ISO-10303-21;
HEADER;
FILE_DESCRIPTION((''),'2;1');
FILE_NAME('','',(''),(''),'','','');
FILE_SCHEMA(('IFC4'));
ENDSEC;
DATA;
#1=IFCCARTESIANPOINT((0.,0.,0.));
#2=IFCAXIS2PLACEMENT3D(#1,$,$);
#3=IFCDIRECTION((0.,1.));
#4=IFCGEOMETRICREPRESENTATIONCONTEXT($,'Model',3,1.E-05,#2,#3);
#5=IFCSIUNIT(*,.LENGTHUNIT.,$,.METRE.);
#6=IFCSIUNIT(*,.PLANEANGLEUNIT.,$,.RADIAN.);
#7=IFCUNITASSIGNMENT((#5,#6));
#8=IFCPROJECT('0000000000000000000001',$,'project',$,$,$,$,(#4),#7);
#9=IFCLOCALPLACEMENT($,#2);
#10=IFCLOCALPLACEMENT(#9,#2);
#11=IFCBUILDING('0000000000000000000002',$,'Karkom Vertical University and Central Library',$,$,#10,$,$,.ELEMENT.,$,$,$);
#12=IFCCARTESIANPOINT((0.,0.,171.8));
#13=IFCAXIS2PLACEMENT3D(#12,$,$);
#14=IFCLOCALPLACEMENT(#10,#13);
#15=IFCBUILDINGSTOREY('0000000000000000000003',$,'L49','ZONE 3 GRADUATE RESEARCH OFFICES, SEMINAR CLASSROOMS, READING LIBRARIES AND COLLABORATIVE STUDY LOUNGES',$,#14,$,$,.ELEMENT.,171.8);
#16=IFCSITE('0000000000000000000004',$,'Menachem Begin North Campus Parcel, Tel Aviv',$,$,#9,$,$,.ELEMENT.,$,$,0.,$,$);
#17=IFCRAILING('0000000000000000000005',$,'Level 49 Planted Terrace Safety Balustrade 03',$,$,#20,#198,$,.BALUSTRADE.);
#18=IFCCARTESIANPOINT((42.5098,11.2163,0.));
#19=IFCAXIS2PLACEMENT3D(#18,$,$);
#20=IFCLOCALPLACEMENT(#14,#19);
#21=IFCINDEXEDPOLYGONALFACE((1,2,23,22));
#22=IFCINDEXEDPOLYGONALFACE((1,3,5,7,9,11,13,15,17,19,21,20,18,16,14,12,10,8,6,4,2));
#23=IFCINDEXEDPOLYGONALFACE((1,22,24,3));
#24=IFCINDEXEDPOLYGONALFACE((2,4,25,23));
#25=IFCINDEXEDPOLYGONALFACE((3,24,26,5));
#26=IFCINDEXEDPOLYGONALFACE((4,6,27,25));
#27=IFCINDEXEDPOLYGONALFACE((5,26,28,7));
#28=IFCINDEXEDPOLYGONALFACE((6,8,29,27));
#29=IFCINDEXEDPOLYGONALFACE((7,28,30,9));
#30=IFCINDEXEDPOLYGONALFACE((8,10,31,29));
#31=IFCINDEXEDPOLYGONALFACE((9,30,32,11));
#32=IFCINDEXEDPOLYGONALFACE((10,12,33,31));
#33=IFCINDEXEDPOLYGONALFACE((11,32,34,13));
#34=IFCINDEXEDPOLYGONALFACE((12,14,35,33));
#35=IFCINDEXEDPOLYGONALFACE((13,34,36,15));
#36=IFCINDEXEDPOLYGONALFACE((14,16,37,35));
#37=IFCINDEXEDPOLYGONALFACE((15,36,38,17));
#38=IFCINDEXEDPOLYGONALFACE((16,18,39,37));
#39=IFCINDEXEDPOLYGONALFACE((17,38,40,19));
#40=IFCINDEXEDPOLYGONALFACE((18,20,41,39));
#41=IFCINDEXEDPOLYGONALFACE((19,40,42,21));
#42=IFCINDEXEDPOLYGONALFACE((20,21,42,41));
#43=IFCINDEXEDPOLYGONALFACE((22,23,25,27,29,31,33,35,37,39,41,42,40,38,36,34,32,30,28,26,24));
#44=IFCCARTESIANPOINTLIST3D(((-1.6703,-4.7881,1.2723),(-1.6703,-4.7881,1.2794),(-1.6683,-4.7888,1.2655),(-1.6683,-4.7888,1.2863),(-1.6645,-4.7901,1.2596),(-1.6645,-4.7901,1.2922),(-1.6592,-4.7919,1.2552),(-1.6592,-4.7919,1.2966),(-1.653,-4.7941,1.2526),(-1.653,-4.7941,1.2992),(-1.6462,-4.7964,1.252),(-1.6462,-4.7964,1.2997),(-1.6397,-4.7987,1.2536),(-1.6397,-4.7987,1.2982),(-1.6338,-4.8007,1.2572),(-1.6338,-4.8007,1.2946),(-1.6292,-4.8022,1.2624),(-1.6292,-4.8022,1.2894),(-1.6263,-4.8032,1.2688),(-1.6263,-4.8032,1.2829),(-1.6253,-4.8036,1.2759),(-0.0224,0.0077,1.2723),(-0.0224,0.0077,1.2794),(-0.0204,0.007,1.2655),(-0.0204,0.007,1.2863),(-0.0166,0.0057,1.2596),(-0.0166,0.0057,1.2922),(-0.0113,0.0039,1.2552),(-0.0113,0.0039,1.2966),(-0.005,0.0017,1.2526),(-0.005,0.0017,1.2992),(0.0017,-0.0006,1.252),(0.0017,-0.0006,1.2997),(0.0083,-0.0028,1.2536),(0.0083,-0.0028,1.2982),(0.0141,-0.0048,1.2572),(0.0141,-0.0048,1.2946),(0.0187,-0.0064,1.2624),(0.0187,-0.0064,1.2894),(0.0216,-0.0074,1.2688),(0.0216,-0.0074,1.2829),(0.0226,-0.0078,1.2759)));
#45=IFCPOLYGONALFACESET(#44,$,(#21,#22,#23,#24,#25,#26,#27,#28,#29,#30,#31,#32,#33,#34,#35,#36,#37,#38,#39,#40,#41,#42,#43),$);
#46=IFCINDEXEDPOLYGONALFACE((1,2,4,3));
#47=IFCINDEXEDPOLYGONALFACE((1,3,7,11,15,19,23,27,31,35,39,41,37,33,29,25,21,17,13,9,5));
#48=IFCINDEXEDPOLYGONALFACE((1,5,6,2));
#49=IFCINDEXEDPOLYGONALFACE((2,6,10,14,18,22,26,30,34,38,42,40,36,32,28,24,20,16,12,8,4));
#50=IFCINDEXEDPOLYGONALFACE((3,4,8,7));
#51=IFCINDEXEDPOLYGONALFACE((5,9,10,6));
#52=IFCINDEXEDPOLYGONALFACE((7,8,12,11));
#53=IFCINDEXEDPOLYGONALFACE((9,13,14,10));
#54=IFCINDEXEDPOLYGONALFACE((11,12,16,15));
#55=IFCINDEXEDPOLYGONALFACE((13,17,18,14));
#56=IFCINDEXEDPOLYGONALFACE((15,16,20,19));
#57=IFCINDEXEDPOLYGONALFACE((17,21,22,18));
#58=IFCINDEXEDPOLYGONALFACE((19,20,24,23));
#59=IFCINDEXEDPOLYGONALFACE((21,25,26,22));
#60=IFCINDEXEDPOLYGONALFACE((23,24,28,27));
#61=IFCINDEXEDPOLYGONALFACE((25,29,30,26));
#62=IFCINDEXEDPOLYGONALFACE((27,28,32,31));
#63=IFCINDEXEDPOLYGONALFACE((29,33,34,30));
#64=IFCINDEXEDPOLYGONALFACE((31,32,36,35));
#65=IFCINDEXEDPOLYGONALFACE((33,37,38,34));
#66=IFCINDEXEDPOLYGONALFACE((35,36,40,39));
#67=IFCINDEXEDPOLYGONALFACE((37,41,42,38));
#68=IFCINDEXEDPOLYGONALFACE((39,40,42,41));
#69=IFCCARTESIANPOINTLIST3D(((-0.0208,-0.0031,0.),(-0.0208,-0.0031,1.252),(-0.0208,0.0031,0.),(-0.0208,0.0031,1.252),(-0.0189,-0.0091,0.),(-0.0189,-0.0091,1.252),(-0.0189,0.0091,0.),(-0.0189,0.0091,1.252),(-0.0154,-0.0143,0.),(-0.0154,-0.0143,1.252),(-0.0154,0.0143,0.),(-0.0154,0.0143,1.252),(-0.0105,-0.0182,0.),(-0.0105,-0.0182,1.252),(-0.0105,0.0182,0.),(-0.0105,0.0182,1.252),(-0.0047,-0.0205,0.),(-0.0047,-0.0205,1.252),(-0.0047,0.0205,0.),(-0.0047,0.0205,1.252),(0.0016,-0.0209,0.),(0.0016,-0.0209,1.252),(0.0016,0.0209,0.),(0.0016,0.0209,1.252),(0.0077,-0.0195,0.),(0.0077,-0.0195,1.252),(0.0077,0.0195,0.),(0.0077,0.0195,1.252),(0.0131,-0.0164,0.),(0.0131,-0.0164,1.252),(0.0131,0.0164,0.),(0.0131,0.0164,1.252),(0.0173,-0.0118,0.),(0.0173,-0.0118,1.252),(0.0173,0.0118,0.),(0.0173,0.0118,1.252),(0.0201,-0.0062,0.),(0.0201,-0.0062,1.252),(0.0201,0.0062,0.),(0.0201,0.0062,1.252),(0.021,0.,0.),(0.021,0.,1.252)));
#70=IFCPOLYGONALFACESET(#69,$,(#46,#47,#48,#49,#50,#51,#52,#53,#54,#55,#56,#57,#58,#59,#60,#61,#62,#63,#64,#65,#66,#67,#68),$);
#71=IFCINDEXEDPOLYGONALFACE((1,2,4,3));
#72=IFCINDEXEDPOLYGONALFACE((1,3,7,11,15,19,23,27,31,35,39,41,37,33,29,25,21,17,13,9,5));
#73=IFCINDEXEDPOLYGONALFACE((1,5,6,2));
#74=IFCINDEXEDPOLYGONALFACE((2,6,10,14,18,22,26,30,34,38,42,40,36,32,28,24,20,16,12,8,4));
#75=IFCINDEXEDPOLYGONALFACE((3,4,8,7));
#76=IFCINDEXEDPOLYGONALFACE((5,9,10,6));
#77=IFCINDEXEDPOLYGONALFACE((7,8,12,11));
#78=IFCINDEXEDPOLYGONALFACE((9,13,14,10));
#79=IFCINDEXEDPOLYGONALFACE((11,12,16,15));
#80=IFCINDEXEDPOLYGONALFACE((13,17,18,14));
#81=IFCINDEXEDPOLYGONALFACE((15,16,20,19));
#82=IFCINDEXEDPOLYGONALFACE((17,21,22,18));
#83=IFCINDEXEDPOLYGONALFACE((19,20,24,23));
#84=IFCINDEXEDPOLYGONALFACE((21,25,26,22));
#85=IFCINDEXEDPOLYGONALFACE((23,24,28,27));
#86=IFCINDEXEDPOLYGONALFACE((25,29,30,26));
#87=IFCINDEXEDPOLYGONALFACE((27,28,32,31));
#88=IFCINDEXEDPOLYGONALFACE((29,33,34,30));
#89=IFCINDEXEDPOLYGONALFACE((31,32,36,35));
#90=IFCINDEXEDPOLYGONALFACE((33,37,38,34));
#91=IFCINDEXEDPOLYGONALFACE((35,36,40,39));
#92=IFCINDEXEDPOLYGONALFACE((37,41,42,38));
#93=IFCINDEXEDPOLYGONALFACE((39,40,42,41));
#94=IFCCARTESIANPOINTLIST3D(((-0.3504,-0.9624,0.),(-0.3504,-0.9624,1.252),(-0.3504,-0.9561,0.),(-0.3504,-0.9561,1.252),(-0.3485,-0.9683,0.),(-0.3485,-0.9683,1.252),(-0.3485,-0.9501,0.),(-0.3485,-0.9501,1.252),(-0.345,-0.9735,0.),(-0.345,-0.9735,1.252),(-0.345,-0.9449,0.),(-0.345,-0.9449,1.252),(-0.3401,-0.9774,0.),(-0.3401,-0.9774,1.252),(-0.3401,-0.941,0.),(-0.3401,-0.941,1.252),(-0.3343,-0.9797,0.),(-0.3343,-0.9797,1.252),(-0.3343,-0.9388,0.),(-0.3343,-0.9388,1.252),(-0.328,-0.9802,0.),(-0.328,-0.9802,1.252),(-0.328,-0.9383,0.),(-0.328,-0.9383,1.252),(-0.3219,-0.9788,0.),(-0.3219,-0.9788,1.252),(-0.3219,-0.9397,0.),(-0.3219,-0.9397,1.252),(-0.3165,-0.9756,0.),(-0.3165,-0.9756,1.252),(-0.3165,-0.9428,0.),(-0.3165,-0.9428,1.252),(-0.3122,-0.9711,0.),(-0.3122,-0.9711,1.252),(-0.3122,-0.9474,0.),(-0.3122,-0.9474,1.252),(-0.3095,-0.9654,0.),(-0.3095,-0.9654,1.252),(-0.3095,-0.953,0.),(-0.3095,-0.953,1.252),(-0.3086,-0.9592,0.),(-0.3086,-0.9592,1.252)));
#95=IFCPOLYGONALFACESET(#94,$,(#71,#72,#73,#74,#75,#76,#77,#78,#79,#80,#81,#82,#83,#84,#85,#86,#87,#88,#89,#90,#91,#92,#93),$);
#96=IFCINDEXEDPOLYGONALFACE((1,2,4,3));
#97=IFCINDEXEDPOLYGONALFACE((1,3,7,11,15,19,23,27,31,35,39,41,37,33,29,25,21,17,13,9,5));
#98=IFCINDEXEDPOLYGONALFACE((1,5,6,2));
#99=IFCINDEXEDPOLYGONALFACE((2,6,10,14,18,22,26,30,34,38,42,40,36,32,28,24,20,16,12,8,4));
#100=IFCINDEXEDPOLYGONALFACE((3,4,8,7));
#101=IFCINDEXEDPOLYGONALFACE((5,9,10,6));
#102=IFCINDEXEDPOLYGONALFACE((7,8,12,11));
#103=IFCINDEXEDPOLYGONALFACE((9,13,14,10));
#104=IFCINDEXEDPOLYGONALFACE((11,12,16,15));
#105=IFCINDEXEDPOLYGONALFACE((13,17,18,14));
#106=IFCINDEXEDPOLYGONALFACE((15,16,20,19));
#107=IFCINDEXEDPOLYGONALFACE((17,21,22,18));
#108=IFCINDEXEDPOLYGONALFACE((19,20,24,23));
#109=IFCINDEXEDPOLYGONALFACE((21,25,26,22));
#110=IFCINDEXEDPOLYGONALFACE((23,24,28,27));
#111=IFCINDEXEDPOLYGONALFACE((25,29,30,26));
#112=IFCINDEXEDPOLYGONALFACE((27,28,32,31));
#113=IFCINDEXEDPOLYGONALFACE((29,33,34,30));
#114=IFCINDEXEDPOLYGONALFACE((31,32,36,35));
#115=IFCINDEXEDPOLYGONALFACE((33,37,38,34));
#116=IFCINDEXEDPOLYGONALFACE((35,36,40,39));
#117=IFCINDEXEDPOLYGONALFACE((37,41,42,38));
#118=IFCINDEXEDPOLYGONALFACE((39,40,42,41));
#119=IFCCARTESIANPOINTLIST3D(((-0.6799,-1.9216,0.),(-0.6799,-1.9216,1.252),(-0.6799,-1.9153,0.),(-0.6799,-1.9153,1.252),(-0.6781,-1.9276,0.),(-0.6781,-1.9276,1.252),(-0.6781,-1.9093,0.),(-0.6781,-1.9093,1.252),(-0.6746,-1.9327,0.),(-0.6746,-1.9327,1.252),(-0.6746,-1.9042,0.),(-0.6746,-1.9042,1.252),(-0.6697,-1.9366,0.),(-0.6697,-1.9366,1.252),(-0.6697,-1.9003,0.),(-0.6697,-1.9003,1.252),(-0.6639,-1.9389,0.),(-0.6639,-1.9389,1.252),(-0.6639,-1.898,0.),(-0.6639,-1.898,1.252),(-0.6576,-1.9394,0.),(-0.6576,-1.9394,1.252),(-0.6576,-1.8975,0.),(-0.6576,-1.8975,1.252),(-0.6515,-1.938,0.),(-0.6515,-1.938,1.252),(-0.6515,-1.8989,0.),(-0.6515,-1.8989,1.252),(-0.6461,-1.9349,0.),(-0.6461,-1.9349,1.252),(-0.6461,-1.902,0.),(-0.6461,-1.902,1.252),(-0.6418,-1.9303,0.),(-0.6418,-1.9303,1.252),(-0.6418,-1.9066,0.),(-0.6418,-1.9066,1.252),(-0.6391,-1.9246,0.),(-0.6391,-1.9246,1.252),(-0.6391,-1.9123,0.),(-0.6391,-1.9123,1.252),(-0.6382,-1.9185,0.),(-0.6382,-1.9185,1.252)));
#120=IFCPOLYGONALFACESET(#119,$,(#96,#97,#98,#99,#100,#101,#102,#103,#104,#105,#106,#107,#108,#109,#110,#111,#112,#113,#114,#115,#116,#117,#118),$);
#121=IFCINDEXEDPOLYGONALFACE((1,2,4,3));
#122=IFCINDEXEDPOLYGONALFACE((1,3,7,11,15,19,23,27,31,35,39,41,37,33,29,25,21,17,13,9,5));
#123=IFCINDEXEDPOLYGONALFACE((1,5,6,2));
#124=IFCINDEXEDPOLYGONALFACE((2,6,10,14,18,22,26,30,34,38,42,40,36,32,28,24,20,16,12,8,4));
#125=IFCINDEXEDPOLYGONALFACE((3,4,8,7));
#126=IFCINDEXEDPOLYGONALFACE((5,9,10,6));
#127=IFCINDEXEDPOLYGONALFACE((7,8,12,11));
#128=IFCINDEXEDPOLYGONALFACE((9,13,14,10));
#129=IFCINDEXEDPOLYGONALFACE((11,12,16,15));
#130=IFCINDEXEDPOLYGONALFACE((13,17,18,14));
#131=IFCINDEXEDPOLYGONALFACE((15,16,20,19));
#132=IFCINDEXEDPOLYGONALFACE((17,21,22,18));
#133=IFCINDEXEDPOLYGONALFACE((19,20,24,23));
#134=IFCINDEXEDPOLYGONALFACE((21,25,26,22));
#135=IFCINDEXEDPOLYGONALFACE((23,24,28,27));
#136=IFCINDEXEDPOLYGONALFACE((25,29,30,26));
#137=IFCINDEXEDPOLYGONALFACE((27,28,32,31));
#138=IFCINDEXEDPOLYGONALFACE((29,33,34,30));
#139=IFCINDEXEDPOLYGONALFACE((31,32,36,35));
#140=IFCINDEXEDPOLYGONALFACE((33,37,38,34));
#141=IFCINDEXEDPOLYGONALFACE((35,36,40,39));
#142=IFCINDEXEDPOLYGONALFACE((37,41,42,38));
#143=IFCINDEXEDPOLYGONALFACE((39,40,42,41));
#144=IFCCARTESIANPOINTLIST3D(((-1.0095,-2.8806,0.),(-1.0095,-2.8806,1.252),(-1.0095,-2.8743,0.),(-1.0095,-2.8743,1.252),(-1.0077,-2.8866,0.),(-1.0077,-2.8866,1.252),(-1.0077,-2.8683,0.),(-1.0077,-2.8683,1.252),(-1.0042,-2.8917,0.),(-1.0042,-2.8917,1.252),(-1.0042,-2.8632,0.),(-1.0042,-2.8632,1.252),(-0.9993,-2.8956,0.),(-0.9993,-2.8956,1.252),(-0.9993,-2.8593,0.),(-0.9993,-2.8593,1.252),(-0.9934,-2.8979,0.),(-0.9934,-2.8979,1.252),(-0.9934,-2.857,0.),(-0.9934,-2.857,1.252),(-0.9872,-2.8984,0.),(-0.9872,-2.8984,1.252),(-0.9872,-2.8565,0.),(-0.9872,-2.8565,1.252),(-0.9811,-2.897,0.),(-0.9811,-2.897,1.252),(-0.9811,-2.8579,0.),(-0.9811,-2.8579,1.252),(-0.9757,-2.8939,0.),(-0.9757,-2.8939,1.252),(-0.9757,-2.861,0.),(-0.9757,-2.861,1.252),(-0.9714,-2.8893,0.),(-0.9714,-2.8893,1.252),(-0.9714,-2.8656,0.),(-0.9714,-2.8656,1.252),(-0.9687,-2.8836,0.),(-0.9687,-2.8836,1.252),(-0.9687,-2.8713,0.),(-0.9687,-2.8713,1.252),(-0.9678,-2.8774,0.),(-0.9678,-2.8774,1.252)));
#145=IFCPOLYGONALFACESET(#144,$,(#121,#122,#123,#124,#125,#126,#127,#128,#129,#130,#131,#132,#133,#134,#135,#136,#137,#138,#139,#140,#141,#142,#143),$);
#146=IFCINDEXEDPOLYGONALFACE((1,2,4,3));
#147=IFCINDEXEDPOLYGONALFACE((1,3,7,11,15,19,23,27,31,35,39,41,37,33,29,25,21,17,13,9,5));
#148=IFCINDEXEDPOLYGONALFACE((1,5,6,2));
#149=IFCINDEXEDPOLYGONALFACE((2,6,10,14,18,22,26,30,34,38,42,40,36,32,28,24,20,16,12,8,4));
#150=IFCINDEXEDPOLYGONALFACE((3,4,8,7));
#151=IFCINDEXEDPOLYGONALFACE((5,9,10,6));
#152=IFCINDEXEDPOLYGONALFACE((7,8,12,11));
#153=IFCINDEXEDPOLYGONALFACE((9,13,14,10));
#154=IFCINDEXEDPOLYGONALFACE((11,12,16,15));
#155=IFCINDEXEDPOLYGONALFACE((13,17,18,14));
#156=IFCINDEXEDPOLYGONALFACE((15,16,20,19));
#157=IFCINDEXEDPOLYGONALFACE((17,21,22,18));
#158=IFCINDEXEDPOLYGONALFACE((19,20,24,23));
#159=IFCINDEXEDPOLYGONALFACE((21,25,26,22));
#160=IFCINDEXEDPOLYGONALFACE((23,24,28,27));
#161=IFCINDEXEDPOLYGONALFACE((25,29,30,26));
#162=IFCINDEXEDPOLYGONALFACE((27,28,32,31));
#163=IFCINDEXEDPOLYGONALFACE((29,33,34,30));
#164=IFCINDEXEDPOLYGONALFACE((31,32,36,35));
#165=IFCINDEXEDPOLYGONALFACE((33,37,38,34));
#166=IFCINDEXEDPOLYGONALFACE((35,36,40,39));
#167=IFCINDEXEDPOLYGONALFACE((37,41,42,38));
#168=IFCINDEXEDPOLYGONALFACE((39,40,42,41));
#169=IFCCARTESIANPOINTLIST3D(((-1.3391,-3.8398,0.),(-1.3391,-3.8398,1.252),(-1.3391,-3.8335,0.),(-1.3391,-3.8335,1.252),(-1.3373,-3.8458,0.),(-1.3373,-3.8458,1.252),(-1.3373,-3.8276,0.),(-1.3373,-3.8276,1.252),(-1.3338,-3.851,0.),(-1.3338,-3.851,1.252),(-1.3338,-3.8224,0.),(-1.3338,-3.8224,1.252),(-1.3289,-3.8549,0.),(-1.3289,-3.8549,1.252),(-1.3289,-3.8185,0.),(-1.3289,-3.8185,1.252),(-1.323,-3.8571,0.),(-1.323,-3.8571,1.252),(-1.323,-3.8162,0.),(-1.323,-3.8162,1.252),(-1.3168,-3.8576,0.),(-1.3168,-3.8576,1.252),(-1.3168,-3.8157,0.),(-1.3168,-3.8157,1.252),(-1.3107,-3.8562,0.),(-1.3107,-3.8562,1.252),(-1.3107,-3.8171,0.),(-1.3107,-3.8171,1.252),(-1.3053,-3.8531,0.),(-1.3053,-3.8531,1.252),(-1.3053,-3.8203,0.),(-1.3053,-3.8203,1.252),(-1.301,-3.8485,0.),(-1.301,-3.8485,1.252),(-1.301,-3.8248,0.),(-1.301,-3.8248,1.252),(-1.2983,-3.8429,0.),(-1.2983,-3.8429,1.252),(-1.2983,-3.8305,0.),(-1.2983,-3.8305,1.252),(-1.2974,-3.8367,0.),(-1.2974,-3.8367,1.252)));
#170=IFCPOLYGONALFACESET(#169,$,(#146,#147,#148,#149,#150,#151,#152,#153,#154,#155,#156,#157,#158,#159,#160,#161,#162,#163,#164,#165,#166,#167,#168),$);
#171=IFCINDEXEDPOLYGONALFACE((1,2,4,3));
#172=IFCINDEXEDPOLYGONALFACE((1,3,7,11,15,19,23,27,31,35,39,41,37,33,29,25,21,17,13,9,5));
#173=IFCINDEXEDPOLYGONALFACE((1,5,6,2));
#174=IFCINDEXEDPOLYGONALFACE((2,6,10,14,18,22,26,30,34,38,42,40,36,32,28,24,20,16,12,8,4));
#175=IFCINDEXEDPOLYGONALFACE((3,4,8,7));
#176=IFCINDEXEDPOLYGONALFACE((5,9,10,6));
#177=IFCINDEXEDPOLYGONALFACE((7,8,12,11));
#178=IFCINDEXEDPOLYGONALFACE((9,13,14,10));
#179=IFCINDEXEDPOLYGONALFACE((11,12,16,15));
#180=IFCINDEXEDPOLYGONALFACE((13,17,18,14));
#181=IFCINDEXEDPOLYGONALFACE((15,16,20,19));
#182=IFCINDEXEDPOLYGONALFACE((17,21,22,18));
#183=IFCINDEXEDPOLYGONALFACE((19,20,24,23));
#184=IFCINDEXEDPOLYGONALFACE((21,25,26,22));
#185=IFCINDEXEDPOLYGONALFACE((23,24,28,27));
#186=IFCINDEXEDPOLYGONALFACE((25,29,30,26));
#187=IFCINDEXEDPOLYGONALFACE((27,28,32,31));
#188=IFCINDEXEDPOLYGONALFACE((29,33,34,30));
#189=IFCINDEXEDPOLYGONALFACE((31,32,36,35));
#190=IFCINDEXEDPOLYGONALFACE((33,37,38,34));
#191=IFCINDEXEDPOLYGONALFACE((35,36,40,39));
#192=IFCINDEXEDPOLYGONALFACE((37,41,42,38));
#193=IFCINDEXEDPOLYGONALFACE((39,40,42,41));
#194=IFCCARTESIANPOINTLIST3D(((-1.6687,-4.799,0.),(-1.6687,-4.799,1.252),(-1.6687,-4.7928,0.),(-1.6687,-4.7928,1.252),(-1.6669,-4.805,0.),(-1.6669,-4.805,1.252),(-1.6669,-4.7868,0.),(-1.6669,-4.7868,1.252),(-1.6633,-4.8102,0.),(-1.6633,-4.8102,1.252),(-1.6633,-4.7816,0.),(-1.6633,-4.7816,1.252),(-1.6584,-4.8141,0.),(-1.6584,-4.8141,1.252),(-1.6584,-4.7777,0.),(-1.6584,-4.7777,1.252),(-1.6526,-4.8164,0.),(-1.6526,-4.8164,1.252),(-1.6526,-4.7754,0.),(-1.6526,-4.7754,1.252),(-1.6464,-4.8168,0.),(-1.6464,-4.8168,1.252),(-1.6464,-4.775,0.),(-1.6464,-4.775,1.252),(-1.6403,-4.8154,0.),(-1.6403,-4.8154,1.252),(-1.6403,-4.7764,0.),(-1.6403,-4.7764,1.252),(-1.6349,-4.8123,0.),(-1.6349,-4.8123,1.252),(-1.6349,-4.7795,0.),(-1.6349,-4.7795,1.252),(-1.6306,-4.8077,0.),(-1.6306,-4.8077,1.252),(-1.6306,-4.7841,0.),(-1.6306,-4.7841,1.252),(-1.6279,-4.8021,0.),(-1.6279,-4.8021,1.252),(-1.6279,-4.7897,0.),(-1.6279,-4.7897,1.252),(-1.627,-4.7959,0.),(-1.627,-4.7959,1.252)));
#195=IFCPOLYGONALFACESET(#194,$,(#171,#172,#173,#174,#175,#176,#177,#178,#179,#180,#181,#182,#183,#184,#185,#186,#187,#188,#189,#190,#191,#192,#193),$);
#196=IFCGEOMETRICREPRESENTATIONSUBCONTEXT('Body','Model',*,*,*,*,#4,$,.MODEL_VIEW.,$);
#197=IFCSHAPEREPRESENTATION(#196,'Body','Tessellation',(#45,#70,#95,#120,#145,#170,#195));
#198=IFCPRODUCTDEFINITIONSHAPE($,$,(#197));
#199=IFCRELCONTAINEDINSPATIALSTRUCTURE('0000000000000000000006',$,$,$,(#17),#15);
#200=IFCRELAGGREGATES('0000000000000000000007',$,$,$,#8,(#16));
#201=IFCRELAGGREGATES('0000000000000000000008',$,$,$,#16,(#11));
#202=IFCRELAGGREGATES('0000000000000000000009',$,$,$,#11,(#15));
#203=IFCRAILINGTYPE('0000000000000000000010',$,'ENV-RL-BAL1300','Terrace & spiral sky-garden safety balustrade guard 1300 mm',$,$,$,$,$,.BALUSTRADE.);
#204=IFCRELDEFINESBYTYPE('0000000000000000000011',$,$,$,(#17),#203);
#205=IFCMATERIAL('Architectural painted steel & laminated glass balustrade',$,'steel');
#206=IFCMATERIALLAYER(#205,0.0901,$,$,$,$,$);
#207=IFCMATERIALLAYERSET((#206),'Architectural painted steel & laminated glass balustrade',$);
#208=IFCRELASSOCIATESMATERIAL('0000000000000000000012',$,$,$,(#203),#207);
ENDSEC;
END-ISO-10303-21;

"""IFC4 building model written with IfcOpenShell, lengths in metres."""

from ifc_helpers import new_model, si_unit, direction, frame, origin, origin_2d, place, context, subcontext, project, spatial, circle, extrude, material, layer, layer_set, type_object, element, save


model = new_model("IFC4")

# Units and contexts
model_context = context("Model", 3, precision=1e-05, world=origin(), true_north=direction((0.0, 1.0)))
body_context = subcontext(model_context, "Body", "Model", "MODEL_VIEW")
ifc_project = project(units=[si_unit("LENGTHUNIT", "METRE"), si_unit("PLANEANGLEUNIT", "RADIAN")], contexts=[model_context])

# Site, building, storey
site_placement = place(None, origin())
site = spatial("IfcSite", under=ifc_project, at=site_placement, Name="Menachem Begin North Campus Parcel, Tel Aviv", CompositionType="ELEMENT", RefElevation=0.0)
building_placement = place(site_placement, origin())
building = spatial("IfcBuilding", under=site, at=building_placement, Name="Karkom Vertical University and Central Library", CompositionType="ELEMENT")
storey_placement = place(building_placement, frame((0.0, 0.0, 171.8)))
storey = spatial("IfcBuildingStorey", under=building, at=storey_placement, Name="L49", Description="ZONE 3 GRADUATE RESEARCH OFFICES, SEMINAR CLASSROOMS, READING LIBRARIES AND COLLABORATIVE STUDY LOUNGES", CompositionType="ELEMENT", Elevation=171.8)

# Railing
ifc_material_1 = material(Name="Architectural painted steel & laminated glass balustrade", Category="steel")
ifc_layer_1 = layer(ifc_material_1, 0.0901)
ifc_layer_set_1 = layer_set([ifc_layer_1], Name="Architectural painted steel & laminated glass balustrade")
railing_type = type_object("IfcRailingType", Name="ENV-RL-BAL1300", Description="Terrace & spiral sky-garden safety balustrade guard 1300 mm", PredefinedType="BALUSTRADE", material=ifc_layer_set_1)
railing_1_placement = place(storey_placement, frame((42.5098, 11.2163, 0.0)))
element("IfcRailing", 1, at=railing_1_placement, inside=storey, type_object=railing_type, Name="Level 49 Planted Terrace Safety Balustrade 03", PredefinedType="BALUSTRADE", context=body_context, shape_type="SweptSolid", body=[
    extrude(circle(Radius=0.0239, at=origin_2d()), frame((0.0, 0.0, 1.2759), z_axis=(-0.324967, -0.945725, 0.0), x_axis=(0.945725, -0.324967, 0.0)), (0.0, 0.0, 1.0), 5.071),
    extrude(circle(Radius=0.021, at=origin_2d()), origin(), (0.0, 0.0, 1.0), 1.252),
    extrude(circle(Radius=0.021, at=origin_2d()), frame((-0.3296, -0.9592, 0.0)), (0.0, 0.0, 1.0), 1.252),
    extrude(circle(Radius=0.021, at=origin_2d()), frame((-0.6592, -1.9185, 0.0)), (0.0, 0.0, 1.0), 1.252),
    extrude(circle(Radius=0.021, at=origin_2d()), frame((-0.9888, -2.8774, 0.0)), (0.0, 0.0, 1.0), 1.252),
    extrude(circle(Radius=0.021, at=origin_2d()), frame((-1.3184, -3.8367, 0.0)), (0.0, 0.0, 1.0), 1.252),
    extrude(circle(Radius=0.021, at=origin_2d()), frame((-1.6479, -4.7959, 0.0)), (0.0, 0.0, 1.0), 1.252),
])

save(model, "model.ifc")
